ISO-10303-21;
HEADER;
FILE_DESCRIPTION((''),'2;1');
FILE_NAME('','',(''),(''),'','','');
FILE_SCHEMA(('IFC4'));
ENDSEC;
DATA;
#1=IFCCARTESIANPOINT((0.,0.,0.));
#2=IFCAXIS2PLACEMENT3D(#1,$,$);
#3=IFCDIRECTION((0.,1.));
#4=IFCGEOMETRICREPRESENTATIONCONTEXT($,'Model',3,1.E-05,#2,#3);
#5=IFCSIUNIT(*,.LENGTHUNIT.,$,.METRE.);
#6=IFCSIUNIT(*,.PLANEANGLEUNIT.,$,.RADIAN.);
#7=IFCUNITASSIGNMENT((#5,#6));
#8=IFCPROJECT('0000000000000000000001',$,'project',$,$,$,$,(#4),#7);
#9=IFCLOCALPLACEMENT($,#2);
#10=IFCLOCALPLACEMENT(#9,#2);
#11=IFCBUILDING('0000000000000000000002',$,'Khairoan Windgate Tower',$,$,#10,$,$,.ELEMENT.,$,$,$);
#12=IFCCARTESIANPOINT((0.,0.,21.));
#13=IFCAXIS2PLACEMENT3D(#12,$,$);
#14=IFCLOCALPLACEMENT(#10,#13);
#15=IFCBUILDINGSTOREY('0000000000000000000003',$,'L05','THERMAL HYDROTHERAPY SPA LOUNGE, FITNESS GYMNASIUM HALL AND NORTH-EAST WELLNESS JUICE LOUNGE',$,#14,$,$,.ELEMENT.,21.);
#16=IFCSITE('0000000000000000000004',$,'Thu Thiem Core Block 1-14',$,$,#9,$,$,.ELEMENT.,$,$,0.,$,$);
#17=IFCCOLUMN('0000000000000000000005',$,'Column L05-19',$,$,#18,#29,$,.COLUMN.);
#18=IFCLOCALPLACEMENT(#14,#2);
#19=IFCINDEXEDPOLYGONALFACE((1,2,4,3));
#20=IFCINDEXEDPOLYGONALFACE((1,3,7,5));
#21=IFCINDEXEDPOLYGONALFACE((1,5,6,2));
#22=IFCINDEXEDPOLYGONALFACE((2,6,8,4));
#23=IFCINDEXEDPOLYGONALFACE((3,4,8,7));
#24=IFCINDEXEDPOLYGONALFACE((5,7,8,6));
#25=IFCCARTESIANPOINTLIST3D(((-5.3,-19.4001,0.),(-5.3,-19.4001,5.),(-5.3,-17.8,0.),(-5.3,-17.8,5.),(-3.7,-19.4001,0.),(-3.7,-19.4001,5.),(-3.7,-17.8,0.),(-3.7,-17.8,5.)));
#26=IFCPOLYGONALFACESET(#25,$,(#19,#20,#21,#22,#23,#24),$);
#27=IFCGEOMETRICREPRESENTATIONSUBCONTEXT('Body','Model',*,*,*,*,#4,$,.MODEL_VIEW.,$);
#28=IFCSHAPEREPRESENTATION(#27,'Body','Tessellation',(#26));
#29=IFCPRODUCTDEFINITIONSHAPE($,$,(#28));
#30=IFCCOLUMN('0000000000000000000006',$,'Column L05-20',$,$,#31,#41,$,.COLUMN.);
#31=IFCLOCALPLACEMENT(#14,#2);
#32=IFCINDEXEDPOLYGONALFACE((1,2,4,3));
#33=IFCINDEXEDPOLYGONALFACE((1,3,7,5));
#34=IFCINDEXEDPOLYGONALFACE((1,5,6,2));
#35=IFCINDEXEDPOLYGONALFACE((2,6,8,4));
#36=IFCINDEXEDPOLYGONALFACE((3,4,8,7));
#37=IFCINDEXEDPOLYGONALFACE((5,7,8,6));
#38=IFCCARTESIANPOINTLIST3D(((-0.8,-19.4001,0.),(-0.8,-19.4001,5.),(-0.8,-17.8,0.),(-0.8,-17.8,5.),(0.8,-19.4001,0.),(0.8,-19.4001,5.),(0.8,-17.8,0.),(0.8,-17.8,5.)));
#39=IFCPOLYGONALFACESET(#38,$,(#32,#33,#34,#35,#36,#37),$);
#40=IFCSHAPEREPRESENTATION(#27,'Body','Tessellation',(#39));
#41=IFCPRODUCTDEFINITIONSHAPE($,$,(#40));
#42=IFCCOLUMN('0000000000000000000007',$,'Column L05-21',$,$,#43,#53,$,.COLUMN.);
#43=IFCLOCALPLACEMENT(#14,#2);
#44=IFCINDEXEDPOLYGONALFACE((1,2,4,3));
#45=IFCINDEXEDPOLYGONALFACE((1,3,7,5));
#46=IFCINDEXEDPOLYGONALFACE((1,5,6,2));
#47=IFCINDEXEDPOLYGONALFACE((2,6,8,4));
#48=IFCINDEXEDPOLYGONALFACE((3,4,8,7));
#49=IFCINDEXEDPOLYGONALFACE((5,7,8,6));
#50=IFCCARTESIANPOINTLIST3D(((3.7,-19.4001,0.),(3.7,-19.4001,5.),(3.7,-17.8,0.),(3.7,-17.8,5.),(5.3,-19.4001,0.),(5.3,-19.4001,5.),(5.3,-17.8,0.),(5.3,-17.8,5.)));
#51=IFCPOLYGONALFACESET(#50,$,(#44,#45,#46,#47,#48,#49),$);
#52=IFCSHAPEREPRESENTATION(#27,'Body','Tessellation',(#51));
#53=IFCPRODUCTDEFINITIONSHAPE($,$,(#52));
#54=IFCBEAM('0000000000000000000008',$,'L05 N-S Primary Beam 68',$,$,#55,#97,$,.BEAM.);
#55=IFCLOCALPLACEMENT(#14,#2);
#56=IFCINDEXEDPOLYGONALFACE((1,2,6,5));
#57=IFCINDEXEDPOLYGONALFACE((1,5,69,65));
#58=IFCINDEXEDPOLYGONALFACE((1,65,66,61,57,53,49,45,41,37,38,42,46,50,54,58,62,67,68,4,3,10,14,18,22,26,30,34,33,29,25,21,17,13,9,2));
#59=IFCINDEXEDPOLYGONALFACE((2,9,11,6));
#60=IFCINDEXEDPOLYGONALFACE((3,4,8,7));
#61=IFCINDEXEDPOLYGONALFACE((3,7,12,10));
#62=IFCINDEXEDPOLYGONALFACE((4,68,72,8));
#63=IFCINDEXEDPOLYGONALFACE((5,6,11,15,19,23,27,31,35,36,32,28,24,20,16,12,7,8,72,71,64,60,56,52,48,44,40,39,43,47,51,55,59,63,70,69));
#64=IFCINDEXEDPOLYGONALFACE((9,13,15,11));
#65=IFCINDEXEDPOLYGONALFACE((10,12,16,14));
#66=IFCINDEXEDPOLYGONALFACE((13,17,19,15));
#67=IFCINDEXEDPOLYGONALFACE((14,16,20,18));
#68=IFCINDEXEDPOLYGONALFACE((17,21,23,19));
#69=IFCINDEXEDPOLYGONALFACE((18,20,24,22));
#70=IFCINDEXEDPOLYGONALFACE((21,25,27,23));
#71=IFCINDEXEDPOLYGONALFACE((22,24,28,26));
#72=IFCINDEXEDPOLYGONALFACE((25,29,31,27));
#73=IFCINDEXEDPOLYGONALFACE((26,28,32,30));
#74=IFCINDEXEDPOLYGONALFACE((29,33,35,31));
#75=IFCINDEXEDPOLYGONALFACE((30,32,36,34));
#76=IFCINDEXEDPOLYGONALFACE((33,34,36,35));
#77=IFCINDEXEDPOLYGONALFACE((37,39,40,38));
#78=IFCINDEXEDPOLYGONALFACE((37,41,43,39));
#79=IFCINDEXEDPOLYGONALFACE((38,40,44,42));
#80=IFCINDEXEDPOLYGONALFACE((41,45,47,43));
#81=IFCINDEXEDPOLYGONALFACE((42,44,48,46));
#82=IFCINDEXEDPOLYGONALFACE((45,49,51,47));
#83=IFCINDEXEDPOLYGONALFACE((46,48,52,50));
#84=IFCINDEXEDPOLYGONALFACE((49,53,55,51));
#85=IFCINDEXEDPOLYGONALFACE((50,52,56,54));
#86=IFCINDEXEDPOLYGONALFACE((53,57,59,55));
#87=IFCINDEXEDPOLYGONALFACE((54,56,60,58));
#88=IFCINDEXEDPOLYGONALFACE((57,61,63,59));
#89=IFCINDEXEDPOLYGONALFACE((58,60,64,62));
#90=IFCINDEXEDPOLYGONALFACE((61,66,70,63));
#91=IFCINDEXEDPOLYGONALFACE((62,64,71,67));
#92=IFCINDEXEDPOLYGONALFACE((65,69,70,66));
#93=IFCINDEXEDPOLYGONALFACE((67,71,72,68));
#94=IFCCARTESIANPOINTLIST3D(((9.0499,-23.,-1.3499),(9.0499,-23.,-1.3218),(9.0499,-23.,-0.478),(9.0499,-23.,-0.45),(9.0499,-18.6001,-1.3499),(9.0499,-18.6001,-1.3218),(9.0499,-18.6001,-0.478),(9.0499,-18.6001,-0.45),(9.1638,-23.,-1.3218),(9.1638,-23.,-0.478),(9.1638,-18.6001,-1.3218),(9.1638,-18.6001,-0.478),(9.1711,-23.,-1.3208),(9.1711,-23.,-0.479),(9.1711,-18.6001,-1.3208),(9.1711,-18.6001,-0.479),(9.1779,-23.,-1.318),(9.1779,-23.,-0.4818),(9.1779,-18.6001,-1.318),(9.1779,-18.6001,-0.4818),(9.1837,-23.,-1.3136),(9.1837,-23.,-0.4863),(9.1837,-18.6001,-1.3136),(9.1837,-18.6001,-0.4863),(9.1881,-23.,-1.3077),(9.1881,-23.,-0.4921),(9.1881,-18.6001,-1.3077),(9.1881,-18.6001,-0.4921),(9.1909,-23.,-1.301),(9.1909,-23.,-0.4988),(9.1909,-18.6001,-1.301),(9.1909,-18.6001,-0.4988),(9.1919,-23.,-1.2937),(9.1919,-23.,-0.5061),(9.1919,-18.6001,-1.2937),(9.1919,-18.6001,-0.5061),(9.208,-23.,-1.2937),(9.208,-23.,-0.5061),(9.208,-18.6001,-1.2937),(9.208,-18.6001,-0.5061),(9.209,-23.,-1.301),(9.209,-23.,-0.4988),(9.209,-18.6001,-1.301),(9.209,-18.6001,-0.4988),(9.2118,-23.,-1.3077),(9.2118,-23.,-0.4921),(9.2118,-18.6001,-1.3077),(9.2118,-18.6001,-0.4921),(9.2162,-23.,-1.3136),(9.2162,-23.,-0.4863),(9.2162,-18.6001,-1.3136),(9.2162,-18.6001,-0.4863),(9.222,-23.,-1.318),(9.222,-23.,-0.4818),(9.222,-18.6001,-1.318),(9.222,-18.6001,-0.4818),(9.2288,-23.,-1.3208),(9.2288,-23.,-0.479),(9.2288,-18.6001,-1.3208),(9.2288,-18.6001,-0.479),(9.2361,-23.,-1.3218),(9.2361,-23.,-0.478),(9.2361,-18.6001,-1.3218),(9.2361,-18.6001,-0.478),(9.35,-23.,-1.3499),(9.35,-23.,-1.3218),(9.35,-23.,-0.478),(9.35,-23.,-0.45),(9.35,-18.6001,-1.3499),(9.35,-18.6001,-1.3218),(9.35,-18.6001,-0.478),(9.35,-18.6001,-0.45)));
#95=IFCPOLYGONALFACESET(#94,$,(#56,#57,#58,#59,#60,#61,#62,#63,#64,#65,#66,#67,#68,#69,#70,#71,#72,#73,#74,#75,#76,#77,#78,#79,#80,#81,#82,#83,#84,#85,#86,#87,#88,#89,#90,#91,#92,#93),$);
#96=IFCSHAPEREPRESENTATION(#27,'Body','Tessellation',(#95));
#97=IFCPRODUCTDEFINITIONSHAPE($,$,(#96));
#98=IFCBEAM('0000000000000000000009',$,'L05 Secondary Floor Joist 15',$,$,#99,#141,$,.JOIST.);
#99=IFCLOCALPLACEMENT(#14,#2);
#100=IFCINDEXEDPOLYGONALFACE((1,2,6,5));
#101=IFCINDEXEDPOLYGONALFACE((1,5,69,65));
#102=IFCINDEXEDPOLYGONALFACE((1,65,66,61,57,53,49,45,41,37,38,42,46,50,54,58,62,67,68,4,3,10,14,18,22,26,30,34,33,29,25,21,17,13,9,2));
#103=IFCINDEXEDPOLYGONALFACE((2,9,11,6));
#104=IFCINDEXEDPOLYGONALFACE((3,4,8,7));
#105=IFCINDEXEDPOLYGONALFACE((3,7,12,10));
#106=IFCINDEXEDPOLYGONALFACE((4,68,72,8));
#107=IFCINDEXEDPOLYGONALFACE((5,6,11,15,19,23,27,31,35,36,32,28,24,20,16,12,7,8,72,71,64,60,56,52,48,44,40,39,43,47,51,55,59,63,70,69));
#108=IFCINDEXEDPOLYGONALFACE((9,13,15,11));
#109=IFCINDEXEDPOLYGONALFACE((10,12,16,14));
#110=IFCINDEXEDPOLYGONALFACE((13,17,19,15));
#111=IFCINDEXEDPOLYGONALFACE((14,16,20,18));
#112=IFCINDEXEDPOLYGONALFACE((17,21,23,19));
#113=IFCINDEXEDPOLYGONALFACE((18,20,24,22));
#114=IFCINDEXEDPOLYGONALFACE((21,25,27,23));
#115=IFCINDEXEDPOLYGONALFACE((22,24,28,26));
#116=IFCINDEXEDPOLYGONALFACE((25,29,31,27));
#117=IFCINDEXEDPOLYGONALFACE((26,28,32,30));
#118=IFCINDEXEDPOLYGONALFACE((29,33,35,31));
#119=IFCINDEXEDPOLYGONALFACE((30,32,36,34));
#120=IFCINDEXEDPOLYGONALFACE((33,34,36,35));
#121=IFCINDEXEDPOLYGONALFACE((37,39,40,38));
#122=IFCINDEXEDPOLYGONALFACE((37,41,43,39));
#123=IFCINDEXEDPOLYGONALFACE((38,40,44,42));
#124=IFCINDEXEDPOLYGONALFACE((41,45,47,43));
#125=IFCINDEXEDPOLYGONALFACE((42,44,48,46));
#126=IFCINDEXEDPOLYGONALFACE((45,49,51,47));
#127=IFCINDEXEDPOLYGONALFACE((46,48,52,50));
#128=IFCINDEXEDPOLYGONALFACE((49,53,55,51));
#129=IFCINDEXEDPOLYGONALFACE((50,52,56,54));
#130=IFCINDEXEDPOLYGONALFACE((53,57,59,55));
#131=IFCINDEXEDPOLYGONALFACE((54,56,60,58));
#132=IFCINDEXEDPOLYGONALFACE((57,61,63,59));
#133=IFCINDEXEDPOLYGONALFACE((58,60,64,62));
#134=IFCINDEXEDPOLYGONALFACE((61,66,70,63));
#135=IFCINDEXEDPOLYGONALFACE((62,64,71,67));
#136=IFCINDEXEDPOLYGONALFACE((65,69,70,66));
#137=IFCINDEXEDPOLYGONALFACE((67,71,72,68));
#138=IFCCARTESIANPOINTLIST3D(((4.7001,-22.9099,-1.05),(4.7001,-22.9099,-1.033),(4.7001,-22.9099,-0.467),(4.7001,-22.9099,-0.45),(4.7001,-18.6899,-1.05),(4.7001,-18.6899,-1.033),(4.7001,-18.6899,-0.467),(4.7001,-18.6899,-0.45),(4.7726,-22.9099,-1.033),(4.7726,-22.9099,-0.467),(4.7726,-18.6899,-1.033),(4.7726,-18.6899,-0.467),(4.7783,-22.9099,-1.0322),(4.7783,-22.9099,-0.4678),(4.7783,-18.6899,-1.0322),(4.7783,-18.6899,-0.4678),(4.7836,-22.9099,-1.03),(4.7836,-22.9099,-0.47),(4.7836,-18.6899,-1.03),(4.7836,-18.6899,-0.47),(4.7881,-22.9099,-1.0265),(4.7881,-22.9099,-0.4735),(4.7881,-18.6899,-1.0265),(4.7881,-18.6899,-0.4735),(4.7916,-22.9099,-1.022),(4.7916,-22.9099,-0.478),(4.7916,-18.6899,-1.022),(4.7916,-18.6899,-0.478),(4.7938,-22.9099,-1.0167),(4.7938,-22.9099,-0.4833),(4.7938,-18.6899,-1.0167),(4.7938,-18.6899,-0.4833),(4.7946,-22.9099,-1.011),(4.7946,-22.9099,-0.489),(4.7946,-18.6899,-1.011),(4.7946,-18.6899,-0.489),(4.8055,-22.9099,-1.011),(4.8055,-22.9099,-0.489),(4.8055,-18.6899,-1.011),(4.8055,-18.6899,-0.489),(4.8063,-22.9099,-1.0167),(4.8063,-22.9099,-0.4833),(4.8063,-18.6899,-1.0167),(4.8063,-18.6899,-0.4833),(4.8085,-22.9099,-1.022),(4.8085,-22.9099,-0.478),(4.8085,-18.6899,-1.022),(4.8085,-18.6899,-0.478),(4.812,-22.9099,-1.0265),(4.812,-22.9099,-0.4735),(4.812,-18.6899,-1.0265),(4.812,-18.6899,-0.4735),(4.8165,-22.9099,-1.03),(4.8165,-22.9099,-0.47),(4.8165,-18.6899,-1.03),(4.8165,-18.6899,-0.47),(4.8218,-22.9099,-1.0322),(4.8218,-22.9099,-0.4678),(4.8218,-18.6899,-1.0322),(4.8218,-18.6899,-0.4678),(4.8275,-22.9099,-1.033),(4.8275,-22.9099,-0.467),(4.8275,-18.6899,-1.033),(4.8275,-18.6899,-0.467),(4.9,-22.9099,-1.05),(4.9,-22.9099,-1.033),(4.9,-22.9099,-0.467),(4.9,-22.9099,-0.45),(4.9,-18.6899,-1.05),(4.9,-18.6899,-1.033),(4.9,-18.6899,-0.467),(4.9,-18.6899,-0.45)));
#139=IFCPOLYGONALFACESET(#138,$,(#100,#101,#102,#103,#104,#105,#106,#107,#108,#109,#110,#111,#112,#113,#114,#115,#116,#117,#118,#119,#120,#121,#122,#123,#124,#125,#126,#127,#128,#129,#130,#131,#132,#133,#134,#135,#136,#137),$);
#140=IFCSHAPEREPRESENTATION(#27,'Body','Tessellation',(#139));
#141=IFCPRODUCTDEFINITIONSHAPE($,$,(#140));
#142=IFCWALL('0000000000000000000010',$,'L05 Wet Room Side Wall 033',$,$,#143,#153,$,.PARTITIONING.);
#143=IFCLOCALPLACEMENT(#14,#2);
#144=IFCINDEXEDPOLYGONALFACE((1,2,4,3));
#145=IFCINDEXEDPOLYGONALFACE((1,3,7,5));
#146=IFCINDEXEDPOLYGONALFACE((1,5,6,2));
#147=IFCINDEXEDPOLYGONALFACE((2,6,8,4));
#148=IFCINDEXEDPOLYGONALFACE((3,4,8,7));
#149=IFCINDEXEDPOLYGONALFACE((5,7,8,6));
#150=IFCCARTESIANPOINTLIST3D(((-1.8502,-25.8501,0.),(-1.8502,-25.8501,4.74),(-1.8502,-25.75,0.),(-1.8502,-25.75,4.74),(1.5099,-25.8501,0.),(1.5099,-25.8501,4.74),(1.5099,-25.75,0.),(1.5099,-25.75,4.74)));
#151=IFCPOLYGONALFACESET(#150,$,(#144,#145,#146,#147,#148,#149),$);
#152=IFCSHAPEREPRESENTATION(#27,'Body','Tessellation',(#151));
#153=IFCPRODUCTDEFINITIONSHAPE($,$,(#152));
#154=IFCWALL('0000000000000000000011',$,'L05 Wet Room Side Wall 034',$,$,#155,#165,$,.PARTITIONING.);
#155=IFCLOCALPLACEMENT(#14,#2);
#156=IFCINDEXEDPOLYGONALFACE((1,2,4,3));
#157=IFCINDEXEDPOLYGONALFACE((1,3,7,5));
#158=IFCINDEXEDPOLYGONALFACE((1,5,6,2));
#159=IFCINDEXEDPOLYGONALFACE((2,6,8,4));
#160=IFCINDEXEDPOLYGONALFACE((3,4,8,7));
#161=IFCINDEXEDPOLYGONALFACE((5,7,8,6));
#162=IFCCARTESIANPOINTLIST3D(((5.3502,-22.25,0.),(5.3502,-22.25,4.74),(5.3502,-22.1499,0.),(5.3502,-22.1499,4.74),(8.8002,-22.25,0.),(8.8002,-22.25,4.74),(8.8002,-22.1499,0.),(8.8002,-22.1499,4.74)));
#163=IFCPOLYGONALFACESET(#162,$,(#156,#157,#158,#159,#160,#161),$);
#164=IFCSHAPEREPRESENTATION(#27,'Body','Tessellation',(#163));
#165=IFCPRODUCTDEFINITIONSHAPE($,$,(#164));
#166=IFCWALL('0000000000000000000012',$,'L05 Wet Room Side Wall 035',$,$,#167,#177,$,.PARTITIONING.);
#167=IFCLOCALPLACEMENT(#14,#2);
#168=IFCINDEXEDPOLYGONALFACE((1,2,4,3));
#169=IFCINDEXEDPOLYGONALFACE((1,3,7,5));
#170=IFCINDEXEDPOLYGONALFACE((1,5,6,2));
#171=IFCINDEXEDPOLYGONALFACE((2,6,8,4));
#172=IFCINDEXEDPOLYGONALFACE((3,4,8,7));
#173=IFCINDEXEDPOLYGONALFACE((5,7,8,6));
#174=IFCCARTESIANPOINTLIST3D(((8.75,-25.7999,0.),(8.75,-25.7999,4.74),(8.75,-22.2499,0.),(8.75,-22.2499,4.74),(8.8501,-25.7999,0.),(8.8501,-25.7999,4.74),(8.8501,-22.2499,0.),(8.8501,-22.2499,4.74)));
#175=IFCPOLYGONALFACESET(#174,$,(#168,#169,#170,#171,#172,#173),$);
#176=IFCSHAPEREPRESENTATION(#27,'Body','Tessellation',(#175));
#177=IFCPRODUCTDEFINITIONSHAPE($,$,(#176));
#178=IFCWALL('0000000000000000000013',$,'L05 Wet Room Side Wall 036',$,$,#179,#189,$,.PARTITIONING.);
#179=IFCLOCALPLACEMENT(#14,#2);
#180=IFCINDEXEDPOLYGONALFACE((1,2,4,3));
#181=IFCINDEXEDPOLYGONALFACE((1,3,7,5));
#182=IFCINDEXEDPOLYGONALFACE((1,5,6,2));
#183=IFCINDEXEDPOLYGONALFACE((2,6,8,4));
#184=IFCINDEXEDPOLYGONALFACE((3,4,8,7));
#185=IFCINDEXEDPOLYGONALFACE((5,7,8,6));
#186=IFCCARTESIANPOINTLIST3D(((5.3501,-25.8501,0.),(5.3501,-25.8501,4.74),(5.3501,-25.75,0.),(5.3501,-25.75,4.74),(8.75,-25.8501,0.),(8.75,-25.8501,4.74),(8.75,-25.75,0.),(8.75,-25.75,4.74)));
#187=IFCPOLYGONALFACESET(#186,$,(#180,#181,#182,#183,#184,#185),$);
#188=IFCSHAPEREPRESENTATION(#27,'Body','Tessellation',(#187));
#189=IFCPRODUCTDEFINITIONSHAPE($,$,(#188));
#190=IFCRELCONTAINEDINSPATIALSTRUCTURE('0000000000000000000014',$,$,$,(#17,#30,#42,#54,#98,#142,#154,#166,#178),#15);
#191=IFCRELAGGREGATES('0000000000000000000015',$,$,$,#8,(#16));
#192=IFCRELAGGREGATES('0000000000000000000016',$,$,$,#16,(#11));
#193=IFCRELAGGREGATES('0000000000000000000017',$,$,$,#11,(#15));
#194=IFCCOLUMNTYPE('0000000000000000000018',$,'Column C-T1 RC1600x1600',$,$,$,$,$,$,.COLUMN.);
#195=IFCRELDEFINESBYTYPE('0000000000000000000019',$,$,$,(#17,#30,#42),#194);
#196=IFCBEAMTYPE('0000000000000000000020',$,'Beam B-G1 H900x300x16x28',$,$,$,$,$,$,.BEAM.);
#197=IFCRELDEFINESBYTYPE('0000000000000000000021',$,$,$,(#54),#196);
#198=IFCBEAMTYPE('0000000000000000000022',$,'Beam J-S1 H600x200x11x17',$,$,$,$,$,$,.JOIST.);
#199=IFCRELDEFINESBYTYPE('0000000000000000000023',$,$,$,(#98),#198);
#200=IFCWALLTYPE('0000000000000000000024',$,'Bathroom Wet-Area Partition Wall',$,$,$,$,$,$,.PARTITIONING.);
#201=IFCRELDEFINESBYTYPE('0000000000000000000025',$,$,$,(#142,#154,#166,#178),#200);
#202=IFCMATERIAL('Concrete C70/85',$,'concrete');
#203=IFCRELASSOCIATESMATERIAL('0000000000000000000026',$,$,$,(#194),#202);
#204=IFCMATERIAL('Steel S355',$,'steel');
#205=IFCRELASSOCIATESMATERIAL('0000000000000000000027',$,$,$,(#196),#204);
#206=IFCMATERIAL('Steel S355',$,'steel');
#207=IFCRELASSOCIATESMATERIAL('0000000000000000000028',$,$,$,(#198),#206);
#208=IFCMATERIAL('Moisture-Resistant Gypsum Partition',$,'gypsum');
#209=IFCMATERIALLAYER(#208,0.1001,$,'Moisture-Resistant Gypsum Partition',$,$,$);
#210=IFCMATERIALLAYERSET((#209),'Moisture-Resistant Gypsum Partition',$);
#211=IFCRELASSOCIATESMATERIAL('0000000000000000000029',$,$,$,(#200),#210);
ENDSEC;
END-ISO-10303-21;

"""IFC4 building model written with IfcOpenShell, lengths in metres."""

from ifc_helpers import new_model, si_unit, direction, frame, frame_2d, origin, origin_2d, place, context, subcontext, project, spatial, rectangle, i_section, extrude, material, layer, layer_set, material_profile, profile_set, type_object, element, save


model = new_model("IFC4")

# Units and contexts
model_context = context("Model", 3, precision=1e-05, world=origin(), true_north=direction((0.0, 1.0)))
body_context = subcontext(model_context, "Body", "Model", "MODEL_VIEW")
ifc_project = project(units=[si_unit("LENGTHUNIT", "METRE"), si_unit("PLANEANGLEUNIT", "RADIAN")], contexts=[model_context])

# Site, building, storey
site_placement = place(None, origin())
site = spatial("IfcSite", under=ifc_project, at=site_placement, Name="Thu Thiem Core Block 1-14", CompositionType="ELEMENT", RefElevation=0.0)
building_placement = place(site_placement, origin())
building = spatial("IfcBuilding", under=site, at=building_placement, Name="Khairoan Windgate Tower", CompositionType="ELEMENT")
storey_placement = place(building_placement, frame((0.0, 0.0, 21.0)))
storey = spatial("IfcBuildingStorey", under=building, at=storey_placement, Name="L05", Description="THERMAL HYDROTHERAPY SPA LOUNGE, FITNESS GYMNASIUM HALL AND NORTH-EAST WELLNESS JUICE LOUNGE", CompositionType="ELEMENT", Elevation=21.0)

# Columns
ifc_material_1 = material(Name="Concrete C70/85", Category="concrete")
ifc_material_profile_1 = material_profile(ifc_material_1, rectangle(XDim=1.6001, YDim=1.6001, at=origin_2d()))
ifc_profile_set_1 = profile_set([ifc_material_profile_1], Name="Concrete C70/85")
column_type = type_object("IfcColumnType", Name="Column C-T1 RC1600x1600", PredefinedType="COLUMN", material=ifc_profile_set_1)
for number, where, z_axis, x_axis, name in (
    (1, (-4.5, -18.6001, 0.0), (0.0, 0.0, 1.0), (1.0, 0.0, 0.0), "Column L05-19"),
    (2, (0.0, -18.6001, 0.0), (0.0, 0.0, 1.0), (1.0, 0.0, 0.0), "Column L05-20"),
    (3, (4.5, -18.6001, 0.0), (0.0, 0.0, 1.0), (1.0, 0.0, 0.0), "Column L05-21"),
):
    element("IfcColumn", number, at=place(storey_placement, frame(where, z_axis=z_axis, x_axis=x_axis)), inside=storey, type_object=column_type, Name=name, PredefinedType="COLUMN", context=body_context, shape_type="SweptSolid", body=[
        extrude(rectangle(XDim=1.6001, YDim=1.6001, at=origin_2d()), origin(), (0.0, 0.0, 1.0), 5.0),
    ])

# Beams
ifc_material_2 = material(Name="Steel S355", Category="steel")
ifc_material_profile_2 = material_profile(ifc_material_2, i_section(OverallWidth=0.3, OverallDepth=0.8999, WebThickness=0.0161, FlangeThickness=0.0281, FilletRadius=0.0281, at=origin_2d()))
ifc_profile_set_2 = profile_set([ifc_material_profile_2], Name="Steel S355")
beam_type_1 = type_object("IfcBeamType", Name="Beam B-G1 H900x300x16x28", PredefinedType="BEAM", material=ifc_profile_set_2)
beam_1_placement = place(storey_placement, frame((9.2, -23.0, -0.8999), z_axis=(0.0, 1.0, 0.0), x_axis=(-1.0, 0.0, 0.0)))
element("IfcBeam", 4, at=beam_1_placement, inside=storey, type_object=beam_type_1, Name="L05 N-S Primary Beam 68", PredefinedType="BEAM", context=body_context, shape_type="SweptSolid", body=[
    extrude(i_section(OverallWidth=0.3, OverallDepth=0.8999, WebThickness=0.0161, FlangeThickness=0.0281, FilletRadius=0.0281, at=origin_2d()), origin(), (0.0, 0.0, 1.0), 4.3999),
])
ifc_material_3 = material(Name="Steel S355", Category="steel")
ifc_material_profile_3 = material_profile(ifc_material_3, i_section(OverallWidth=0.2, OverallDepth=0.6001, WebThickness=0.011, FlangeThickness=0.0171, FilletRadius=0.022, at=origin_2d()))
ifc_profile_set_3 = profile_set([ifc_material_profile_3], Name="Steel S355")
beam_type_2 = type_object("IfcBeamType", Name="Beam J-S1 H600x200x11x17", PredefinedType="JOIST", material=ifc_profile_set_3)
beam_2_placement = place(storey_placement, frame((4.8, -22.9099, -0.75), z_axis=(0.0, 1.0, 0.0), x_axis=(-1.0, 0.0, 0.0)))
element("IfcBeam", 5, at=beam_2_placement, inside=storey, type_object=beam_type_2, Name="L05 Secondary Floor Joist 15", PredefinedType="JOIST", context=body_context, shape_type="SweptSolid", body=[
    extrude(i_section(OverallWidth=0.2, OverallDepth=0.6001, WebThickness=0.011, FlangeThickness=0.0171, FilletRadius=0.022, at=origin_2d()), origin(), (0.0, 0.0, 1.0), 4.22),
])

# Walls
ifc_material_4 = material(Name="Moisture-Resistant Gypsum Partition", Category="gypsum")
ifc_layer_1 = layer(ifc_material_4, 0.1001, Name="Moisture-Resistant Gypsum Partition")
ifc_layer_set_1 = layer_set([ifc_layer_1], Name="Moisture-Resistant Gypsum Partition")
wall_type_1 = type_object("IfcWallType", Name="Bathroom Wet-Area Partition Wall", PredefinedType="PARTITIONING", material=ifc_layer_set_1)
wall_1_placement = place(storey_placement, frame((1.51, -25.8, 0.0), z_axis=(0.0, 0.0, 1.0), x_axis=(-1.0, 0.0, 0.0)))
element("IfcWall", 6, at=wall_1_placement, inside=storey, type_object=wall_type_1, Name="L05 Wet Room Side Wall 033", PredefinedType="PARTITIONING", context=body_context, shape_type="SweptSolid", body=[
    extrude(rectangle(XDim=3.3601, YDim=0.1001, at=frame_2d((1.6802, 0.0))), origin(), (0.0, 0.0, 1.0), 4.74),
])
wall_2_placement = place(storey_placement, frame((5.3501, -22.2, 0.0), z_axis=(0.0, 0.0, 1.0), x_axis=(1.0, 0.0, 0.0)))
element("IfcWall", 7, at=wall_2_placement, inside=storey, type_object=wall_type_1, Name="L05 Wet Room Side Wall 034", PredefinedType="PARTITIONING", context=body_context, shape_type="SweptSolid", body=[
    extrude(rectangle(XDim=3.45, YDim=0.1001, at=frame_2d((1.7251, 0.0))), origin(), (0.0, 0.0, 1.0), 4.74),
])
wall_3_placement = place(storey_placement, frame((8.8, -22.25, 0.0), z_axis=(0.0, 0.0, 1.0), x_axis=(0.0, -1.0, 0.0)))
element("IfcWall", 8, at=wall_3_placement, inside=storey, type_object=wall_type_1, Name="L05 Wet Room Side Wall 035", PredefinedType="PARTITIONING", context=body_context, shape_type="SweptSolid", body=[
    extrude(rectangle(XDim=3.55, YDim=0.1001, at=frame_2d((1.7749, 0.0))), origin(), (0.0, 0.0, 1.0), 4.74),
])
wall_4_placement = place(storey_placement, frame((8.75, -25.8, 0.0), z_axis=(0.0, 0.0, 1.0), x_axis=(-1.0, 0.0, 0.0)))
element("IfcWall", 9, at=wall_4_placement, inside=storey, type_object=wall_type_1, Name="L05 Wet Room Side Wall 036", PredefinedType="PARTITIONING", context=body_context, shape_type="SweptSolid", body=[
    extrude(rectangle(XDim=3.3999, YDim=0.1001, at=frame_2d((1.7, 0.0))), origin(), (0.0, 0.0, 1.0), 4.74),
])

save(model, "model.ifc")
